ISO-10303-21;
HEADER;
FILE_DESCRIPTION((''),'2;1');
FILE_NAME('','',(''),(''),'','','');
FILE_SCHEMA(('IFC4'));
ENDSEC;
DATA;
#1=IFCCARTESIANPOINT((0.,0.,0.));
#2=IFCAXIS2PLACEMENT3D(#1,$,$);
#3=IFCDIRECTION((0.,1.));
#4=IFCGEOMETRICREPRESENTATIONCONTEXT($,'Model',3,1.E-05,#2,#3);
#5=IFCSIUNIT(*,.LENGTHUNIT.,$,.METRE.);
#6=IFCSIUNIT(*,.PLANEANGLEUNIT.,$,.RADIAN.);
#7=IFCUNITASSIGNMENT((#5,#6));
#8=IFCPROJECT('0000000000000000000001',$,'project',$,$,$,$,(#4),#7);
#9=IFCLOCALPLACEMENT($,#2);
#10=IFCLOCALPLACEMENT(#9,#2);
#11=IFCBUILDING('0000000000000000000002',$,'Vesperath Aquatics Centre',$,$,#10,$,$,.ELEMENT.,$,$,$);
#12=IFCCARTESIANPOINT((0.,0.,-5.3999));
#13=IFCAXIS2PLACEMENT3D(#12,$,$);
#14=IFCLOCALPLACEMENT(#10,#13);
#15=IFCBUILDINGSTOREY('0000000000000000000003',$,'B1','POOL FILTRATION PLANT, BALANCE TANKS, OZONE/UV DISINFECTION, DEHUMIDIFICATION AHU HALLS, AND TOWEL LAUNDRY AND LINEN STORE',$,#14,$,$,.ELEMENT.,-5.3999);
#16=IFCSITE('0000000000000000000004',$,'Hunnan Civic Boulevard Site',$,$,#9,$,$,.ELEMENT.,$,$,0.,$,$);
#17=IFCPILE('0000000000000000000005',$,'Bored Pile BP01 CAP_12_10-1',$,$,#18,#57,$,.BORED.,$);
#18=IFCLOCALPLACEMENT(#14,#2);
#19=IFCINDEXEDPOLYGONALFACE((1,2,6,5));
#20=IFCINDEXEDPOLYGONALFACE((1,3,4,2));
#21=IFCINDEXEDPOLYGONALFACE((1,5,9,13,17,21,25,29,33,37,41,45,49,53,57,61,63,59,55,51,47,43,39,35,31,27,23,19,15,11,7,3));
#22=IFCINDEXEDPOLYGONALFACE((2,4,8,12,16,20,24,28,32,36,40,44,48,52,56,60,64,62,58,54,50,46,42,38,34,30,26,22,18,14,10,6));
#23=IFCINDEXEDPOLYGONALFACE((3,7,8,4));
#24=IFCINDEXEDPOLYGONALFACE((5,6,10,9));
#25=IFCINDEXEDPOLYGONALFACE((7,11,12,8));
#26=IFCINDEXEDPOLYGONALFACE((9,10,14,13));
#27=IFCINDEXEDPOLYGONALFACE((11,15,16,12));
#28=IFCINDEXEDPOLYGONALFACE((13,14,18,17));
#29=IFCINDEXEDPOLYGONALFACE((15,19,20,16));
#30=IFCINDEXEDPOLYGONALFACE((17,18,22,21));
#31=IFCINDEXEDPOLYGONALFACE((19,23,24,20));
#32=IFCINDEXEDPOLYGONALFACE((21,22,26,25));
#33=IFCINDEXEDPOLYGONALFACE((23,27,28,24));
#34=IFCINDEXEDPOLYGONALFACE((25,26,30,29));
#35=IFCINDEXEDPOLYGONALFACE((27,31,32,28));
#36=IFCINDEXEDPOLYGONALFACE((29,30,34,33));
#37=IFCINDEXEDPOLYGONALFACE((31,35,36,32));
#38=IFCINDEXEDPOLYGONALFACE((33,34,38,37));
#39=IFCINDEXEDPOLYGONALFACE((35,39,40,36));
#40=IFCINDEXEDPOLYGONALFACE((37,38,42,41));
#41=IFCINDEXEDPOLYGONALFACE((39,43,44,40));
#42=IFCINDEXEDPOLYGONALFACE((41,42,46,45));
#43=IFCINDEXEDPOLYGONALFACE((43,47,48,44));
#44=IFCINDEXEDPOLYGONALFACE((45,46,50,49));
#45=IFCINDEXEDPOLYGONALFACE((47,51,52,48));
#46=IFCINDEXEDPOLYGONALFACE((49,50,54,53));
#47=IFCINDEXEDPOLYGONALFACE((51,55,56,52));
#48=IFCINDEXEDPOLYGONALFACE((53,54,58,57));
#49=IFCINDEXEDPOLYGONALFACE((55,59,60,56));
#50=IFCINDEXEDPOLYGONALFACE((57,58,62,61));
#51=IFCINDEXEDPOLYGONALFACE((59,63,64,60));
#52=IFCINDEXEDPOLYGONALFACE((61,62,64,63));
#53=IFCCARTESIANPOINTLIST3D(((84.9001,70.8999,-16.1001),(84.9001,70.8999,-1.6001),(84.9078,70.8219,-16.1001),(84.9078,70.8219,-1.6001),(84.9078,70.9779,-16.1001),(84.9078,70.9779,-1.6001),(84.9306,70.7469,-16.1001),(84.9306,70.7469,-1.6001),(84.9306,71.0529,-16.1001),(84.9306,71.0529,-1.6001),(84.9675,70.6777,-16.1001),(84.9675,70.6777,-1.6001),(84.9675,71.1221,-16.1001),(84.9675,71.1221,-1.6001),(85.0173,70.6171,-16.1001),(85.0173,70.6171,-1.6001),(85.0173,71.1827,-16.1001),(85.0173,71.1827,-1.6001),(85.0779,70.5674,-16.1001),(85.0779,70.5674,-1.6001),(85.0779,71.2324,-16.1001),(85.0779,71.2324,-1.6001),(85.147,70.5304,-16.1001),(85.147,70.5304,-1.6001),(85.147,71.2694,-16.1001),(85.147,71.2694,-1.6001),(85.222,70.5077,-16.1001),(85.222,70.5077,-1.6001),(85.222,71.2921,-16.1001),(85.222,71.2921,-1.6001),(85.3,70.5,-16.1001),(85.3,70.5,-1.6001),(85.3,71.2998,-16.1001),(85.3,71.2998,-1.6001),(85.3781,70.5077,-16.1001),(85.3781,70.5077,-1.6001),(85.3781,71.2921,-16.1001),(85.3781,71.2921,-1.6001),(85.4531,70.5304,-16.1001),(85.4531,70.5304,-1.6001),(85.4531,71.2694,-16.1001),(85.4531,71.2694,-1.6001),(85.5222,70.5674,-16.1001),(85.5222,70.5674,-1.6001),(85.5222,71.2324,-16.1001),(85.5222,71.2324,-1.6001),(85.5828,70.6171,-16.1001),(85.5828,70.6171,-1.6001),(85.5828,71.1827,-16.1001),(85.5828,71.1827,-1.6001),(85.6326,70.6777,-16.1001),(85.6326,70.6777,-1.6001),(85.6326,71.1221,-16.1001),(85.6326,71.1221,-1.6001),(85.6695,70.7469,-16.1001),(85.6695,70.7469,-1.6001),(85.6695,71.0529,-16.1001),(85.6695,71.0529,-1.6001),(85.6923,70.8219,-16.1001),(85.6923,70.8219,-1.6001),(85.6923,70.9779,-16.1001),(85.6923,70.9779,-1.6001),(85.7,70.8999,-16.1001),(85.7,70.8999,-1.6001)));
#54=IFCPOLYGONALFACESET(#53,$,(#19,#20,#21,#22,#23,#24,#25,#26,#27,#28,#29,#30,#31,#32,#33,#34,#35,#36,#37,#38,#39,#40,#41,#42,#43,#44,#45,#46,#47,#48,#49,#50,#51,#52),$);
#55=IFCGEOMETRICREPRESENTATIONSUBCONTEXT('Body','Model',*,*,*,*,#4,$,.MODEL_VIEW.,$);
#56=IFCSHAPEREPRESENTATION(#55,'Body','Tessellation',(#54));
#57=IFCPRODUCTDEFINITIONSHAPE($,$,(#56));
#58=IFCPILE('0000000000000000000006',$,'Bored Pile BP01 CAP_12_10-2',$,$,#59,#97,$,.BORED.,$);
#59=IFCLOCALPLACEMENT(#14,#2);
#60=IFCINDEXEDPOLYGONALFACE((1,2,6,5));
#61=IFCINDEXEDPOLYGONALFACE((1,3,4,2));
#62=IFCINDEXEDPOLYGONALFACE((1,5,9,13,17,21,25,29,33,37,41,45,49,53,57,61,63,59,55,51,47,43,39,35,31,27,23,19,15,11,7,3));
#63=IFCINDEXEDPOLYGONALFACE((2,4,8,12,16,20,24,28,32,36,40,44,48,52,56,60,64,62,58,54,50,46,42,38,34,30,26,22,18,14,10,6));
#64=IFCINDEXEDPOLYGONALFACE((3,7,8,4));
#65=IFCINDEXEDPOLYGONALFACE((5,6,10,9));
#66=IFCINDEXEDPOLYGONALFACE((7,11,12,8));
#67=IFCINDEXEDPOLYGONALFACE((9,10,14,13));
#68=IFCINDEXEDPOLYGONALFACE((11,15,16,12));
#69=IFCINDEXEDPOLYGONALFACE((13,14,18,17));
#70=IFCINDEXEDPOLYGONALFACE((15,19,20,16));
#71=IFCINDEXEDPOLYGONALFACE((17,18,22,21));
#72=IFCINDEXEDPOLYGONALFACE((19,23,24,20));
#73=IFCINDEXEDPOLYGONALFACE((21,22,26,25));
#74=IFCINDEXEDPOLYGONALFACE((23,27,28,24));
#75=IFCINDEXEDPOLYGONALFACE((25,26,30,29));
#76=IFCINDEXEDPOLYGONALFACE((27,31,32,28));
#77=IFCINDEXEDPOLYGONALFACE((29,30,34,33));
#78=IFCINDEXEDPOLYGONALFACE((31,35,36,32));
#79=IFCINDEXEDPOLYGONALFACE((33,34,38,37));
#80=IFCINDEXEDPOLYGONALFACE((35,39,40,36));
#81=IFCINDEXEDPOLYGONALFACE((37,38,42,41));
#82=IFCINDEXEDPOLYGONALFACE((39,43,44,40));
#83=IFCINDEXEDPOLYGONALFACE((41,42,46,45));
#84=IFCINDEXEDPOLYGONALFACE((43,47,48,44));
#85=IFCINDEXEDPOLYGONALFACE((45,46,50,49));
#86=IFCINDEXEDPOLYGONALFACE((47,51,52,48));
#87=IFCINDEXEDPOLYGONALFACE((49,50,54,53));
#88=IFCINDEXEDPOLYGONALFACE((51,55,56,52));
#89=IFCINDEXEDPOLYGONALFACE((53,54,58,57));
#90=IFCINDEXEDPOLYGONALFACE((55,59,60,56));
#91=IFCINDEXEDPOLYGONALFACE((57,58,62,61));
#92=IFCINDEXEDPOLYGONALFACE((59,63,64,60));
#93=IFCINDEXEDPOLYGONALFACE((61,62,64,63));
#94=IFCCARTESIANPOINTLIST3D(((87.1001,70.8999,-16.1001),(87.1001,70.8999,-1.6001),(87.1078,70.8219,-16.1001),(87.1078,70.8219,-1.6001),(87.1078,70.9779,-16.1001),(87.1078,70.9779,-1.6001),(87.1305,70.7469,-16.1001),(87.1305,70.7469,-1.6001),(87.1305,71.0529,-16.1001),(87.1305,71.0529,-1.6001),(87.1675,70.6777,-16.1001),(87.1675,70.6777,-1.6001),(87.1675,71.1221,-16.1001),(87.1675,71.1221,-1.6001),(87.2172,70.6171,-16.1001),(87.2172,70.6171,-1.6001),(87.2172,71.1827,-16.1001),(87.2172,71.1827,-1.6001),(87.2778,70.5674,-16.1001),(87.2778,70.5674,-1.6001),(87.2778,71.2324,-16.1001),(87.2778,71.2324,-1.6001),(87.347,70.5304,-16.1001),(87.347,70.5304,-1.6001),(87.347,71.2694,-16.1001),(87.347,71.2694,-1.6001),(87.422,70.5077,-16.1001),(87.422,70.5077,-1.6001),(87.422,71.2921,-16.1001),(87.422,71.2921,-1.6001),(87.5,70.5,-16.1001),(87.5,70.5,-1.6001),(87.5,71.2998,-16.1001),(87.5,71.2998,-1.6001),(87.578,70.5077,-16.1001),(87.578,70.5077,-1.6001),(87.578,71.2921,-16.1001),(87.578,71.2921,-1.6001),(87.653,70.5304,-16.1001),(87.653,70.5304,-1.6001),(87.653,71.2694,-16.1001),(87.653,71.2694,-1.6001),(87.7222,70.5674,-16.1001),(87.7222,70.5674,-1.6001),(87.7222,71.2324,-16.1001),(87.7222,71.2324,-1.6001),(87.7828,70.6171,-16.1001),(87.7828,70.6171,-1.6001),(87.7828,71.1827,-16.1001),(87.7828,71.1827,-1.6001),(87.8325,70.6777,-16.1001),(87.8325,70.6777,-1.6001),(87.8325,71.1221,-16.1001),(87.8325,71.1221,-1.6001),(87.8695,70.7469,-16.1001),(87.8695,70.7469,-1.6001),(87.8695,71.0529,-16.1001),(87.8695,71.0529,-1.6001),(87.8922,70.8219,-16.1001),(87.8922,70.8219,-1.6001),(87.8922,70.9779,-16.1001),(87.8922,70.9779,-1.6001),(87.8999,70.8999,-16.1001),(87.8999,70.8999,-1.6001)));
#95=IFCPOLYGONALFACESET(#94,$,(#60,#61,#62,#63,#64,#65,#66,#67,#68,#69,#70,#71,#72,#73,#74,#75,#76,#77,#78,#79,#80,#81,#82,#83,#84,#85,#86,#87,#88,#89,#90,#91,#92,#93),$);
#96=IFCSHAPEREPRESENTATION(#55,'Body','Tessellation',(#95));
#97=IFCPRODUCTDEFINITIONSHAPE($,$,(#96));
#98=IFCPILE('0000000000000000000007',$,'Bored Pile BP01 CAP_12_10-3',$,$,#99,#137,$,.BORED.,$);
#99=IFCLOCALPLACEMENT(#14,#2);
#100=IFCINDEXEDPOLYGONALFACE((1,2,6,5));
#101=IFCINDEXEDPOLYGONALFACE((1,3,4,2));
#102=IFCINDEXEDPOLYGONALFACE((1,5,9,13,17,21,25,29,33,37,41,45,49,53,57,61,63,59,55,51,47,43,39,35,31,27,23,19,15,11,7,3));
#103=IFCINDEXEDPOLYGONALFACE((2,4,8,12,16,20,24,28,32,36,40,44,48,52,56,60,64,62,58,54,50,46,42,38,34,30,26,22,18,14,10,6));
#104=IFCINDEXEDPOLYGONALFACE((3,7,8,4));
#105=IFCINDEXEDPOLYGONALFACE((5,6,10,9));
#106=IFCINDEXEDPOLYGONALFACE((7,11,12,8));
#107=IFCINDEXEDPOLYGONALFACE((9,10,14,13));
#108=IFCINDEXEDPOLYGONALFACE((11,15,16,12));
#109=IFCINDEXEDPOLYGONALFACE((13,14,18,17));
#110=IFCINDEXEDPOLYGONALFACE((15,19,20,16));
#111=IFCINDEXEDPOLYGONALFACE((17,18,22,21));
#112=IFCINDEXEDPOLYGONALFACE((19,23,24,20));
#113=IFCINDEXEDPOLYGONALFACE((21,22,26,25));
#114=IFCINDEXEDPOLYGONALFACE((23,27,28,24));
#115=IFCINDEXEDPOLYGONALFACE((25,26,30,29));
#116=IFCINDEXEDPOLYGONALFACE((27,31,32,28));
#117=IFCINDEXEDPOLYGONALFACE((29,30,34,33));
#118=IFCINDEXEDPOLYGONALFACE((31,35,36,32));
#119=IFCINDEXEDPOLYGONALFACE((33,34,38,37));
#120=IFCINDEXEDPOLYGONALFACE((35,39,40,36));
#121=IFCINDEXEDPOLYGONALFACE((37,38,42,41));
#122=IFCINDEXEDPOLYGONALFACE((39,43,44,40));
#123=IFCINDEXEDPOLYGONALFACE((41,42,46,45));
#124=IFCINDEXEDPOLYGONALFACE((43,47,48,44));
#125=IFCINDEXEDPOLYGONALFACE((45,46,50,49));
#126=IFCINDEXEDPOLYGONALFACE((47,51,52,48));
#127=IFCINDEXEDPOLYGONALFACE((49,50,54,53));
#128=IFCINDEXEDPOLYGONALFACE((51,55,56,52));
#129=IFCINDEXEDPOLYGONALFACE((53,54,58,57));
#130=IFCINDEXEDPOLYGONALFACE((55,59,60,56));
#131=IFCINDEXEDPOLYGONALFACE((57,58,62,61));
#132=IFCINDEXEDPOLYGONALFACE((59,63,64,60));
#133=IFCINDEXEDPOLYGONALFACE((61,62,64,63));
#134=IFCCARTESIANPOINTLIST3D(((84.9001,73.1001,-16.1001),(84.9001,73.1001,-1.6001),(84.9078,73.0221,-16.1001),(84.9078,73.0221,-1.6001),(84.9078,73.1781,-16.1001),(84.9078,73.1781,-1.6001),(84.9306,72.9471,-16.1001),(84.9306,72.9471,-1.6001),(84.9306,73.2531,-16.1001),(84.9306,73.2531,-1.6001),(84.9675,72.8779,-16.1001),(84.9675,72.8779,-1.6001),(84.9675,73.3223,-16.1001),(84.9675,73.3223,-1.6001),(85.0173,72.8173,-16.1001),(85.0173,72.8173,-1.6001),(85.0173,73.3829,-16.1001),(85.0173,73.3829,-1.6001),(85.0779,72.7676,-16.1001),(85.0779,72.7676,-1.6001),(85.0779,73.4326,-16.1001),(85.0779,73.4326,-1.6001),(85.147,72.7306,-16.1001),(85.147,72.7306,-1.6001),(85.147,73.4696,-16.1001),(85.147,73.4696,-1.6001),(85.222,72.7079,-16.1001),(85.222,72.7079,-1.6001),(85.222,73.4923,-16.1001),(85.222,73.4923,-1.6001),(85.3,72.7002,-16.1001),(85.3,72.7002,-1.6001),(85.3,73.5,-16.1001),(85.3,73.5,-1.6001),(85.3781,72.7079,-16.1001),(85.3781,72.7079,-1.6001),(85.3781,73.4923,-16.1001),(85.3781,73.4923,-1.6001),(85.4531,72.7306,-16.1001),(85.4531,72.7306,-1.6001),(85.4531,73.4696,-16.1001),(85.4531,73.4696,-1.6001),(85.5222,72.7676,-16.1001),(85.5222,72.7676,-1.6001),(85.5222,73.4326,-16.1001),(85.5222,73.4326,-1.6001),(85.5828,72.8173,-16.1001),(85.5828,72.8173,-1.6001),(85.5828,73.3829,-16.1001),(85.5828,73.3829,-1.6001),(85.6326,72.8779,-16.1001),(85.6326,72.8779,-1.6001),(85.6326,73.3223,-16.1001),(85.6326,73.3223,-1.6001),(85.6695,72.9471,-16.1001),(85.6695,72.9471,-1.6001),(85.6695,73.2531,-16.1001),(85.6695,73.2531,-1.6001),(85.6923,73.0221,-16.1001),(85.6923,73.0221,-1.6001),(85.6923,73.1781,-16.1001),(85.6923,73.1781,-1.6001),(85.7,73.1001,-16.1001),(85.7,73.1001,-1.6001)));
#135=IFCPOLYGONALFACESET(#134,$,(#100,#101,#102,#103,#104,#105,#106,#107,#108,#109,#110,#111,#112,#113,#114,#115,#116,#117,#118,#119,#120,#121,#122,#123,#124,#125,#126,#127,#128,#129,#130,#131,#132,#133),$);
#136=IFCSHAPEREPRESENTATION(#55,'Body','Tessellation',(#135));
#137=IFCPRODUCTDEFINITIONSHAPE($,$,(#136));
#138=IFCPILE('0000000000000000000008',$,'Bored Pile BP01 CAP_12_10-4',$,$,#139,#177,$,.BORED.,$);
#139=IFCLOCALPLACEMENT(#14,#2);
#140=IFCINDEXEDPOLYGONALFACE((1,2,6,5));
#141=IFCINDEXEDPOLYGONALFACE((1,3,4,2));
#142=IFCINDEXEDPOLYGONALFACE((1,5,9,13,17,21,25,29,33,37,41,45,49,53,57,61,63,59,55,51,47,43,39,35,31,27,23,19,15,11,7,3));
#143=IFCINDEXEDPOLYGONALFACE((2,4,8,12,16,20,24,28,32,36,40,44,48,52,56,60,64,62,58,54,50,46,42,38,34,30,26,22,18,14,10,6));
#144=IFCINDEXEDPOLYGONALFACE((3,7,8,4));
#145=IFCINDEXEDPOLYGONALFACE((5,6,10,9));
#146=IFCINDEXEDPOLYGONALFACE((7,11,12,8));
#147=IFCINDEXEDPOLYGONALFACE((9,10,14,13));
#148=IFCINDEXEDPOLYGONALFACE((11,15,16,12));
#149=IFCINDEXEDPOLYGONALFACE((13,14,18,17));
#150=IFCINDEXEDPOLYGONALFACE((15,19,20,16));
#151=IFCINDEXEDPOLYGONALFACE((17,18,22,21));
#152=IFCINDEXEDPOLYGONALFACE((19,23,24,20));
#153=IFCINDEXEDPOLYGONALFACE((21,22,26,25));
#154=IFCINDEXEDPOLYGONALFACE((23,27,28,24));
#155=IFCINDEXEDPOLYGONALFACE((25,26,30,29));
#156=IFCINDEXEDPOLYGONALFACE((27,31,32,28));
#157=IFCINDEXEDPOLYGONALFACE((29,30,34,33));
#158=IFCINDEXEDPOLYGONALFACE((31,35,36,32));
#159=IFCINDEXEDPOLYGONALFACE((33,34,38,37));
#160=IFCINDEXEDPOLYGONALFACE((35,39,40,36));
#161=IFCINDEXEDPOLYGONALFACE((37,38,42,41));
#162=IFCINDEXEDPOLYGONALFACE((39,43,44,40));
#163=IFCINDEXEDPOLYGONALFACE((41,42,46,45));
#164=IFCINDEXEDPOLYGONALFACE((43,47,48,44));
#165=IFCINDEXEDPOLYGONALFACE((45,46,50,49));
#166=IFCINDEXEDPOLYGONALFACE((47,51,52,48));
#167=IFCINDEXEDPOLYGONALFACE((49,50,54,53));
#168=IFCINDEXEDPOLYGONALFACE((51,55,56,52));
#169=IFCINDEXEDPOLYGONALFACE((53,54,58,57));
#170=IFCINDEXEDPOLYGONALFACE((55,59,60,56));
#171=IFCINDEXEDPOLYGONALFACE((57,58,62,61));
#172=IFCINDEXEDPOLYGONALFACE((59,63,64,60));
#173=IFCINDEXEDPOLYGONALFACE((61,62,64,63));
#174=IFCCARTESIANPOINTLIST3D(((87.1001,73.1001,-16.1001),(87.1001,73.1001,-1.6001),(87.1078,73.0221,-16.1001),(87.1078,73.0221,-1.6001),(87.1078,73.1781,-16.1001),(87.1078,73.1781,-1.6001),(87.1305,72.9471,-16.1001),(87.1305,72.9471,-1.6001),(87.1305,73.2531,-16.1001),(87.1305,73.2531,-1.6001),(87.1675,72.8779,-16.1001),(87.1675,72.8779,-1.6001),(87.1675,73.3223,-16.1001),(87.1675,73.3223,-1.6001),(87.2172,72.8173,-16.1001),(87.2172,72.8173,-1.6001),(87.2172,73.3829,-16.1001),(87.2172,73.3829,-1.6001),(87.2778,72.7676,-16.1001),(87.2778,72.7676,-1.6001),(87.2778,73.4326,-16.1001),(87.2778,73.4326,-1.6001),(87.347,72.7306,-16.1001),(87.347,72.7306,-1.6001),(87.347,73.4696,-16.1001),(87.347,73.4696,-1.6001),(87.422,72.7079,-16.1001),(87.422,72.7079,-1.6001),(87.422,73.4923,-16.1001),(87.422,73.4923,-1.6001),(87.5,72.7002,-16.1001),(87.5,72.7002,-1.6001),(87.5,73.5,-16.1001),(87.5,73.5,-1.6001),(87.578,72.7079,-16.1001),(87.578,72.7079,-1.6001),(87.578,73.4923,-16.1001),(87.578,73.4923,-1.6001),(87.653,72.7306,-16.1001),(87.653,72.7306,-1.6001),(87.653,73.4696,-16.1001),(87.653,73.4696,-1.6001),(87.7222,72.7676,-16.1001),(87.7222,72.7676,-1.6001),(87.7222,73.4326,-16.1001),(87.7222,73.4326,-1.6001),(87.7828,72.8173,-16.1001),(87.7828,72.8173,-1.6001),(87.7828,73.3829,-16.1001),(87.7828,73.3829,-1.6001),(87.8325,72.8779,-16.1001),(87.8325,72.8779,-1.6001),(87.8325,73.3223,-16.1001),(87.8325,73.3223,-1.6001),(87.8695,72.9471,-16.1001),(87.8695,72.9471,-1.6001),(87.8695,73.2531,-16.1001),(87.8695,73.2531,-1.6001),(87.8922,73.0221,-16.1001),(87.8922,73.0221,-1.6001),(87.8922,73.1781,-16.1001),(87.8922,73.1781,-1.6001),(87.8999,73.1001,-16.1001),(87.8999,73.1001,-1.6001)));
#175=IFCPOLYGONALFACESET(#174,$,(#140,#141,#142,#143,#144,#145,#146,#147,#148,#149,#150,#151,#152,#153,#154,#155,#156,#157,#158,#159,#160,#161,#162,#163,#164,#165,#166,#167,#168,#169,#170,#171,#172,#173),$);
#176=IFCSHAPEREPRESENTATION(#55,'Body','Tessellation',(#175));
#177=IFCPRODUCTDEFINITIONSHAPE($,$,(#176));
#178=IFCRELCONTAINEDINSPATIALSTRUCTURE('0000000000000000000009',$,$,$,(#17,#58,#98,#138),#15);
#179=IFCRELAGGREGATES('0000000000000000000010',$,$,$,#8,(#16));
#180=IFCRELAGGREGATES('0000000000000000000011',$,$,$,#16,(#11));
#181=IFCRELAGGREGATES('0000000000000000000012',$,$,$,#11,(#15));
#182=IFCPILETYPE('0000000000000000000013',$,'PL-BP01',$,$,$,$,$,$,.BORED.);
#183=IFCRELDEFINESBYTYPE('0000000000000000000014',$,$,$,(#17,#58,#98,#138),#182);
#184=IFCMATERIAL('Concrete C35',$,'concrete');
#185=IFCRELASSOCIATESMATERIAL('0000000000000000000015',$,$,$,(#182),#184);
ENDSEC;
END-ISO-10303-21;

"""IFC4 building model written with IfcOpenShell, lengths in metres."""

from ifc_helpers import new_model, si_unit, direction, frame, origin, origin_2d, place, context, subcontext, project, spatial, circle, extrude, material, material_profile, profile_set, type_object, element, save


model = new_model("IFC4")

# Units and contexts
model_context = context("Model", 3, precision=1e-05, world=origin(), true_north=direction((0.0, 1.0)))
body_context = subcontext(model_context, "Body", "Model", "MODEL_VIEW")
ifc_project = project(units=[si_unit("LENGTHUNIT", "METRE"), si_unit("PLANEANGLEUNIT", "RADIAN")], contexts=[model_context])

# Site, building, storey
site_placement = place(None, origin())
site = spatial("IfcSite", under=ifc_project, at=site_placement, Name="Hunnan Civic Boulevard Site", CompositionType="ELEMENT", RefElevation=0.0)
building_placement = place(site_placement, origin())
building = spatial("IfcBuilding", under=site, at=building_placement, Name="Vesperath Aquatics Centre", CompositionType="ELEMENT")
storey_placement = place(building_placement, frame((0.0, 0.0, -5.3999)))
storey = spatial("IfcBuildingStorey", under=building, at=storey_placement, Name="B1", Description="POOL FILTRATION PLANT, BALANCE TANKS, OZONE/UV DISINFECTION, DEHUMIDIFICATION AHU HALLS, AND TOWEL LAUNDRY AND LINEN STORE", CompositionType="ELEMENT", Elevation=-5.3999)

# Piles
ifc_material_1 = material(Name="Concrete C35", Category="concrete")
ifc_material_profile_1 = material_profile(ifc_material_1, circle(Radius=0.3999, at=origin_2d()), Name="PILE D800")
ifc_profile_set_1 = profile_set([ifc_material_profile_1], Name="Concrete C35")
pile_type = type_object("IfcPileType", Name="PL-BP01", PredefinedType="BORED", material=ifc_profile_set_1)
for number, where, z_axis, x_axis, name in (
    (1, (85.3, 70.8999, -1.6001), (0.0, 0.0, -1.0), (1.0, 0.0, 0.0), "Bored Pile BP01 CAP_12_10-1"),
    (2, (87.5, 70.8999, -1.6001), (0.0, 0.0, -1.0), (1.0, 0.0, 0.0), "Bored Pile BP01 CAP_12_10-2"),
    (3, (85.3, 73.1001, -1.6001), (0.0, 0.0, -1.0), (1.0, 0.0, 0.0), "Bored Pile BP01 CAP_12_10-3"),
    (4, (87.5, 73.1001, -1.6001), (0.0, 0.0, -1.0), (1.0, 0.0, 0.0), "Bored Pile BP01 CAP_12_10-4"),
):
    element("IfcPile", number, at=place(storey_placement, frame(where, z_axis=z_axis, x_axis=x_axis)), inside=storey, type_object=pile_type, Name=name, PredefinedType="BORED", context=body_context, shape_type="SweptSolid", body=[
        extrude(circle(Radius=0.3999, at=origin_2d()), origin(), (0.0, 0.0, 1.0), 14.5),
    ])

save(model, "model.ifc")
